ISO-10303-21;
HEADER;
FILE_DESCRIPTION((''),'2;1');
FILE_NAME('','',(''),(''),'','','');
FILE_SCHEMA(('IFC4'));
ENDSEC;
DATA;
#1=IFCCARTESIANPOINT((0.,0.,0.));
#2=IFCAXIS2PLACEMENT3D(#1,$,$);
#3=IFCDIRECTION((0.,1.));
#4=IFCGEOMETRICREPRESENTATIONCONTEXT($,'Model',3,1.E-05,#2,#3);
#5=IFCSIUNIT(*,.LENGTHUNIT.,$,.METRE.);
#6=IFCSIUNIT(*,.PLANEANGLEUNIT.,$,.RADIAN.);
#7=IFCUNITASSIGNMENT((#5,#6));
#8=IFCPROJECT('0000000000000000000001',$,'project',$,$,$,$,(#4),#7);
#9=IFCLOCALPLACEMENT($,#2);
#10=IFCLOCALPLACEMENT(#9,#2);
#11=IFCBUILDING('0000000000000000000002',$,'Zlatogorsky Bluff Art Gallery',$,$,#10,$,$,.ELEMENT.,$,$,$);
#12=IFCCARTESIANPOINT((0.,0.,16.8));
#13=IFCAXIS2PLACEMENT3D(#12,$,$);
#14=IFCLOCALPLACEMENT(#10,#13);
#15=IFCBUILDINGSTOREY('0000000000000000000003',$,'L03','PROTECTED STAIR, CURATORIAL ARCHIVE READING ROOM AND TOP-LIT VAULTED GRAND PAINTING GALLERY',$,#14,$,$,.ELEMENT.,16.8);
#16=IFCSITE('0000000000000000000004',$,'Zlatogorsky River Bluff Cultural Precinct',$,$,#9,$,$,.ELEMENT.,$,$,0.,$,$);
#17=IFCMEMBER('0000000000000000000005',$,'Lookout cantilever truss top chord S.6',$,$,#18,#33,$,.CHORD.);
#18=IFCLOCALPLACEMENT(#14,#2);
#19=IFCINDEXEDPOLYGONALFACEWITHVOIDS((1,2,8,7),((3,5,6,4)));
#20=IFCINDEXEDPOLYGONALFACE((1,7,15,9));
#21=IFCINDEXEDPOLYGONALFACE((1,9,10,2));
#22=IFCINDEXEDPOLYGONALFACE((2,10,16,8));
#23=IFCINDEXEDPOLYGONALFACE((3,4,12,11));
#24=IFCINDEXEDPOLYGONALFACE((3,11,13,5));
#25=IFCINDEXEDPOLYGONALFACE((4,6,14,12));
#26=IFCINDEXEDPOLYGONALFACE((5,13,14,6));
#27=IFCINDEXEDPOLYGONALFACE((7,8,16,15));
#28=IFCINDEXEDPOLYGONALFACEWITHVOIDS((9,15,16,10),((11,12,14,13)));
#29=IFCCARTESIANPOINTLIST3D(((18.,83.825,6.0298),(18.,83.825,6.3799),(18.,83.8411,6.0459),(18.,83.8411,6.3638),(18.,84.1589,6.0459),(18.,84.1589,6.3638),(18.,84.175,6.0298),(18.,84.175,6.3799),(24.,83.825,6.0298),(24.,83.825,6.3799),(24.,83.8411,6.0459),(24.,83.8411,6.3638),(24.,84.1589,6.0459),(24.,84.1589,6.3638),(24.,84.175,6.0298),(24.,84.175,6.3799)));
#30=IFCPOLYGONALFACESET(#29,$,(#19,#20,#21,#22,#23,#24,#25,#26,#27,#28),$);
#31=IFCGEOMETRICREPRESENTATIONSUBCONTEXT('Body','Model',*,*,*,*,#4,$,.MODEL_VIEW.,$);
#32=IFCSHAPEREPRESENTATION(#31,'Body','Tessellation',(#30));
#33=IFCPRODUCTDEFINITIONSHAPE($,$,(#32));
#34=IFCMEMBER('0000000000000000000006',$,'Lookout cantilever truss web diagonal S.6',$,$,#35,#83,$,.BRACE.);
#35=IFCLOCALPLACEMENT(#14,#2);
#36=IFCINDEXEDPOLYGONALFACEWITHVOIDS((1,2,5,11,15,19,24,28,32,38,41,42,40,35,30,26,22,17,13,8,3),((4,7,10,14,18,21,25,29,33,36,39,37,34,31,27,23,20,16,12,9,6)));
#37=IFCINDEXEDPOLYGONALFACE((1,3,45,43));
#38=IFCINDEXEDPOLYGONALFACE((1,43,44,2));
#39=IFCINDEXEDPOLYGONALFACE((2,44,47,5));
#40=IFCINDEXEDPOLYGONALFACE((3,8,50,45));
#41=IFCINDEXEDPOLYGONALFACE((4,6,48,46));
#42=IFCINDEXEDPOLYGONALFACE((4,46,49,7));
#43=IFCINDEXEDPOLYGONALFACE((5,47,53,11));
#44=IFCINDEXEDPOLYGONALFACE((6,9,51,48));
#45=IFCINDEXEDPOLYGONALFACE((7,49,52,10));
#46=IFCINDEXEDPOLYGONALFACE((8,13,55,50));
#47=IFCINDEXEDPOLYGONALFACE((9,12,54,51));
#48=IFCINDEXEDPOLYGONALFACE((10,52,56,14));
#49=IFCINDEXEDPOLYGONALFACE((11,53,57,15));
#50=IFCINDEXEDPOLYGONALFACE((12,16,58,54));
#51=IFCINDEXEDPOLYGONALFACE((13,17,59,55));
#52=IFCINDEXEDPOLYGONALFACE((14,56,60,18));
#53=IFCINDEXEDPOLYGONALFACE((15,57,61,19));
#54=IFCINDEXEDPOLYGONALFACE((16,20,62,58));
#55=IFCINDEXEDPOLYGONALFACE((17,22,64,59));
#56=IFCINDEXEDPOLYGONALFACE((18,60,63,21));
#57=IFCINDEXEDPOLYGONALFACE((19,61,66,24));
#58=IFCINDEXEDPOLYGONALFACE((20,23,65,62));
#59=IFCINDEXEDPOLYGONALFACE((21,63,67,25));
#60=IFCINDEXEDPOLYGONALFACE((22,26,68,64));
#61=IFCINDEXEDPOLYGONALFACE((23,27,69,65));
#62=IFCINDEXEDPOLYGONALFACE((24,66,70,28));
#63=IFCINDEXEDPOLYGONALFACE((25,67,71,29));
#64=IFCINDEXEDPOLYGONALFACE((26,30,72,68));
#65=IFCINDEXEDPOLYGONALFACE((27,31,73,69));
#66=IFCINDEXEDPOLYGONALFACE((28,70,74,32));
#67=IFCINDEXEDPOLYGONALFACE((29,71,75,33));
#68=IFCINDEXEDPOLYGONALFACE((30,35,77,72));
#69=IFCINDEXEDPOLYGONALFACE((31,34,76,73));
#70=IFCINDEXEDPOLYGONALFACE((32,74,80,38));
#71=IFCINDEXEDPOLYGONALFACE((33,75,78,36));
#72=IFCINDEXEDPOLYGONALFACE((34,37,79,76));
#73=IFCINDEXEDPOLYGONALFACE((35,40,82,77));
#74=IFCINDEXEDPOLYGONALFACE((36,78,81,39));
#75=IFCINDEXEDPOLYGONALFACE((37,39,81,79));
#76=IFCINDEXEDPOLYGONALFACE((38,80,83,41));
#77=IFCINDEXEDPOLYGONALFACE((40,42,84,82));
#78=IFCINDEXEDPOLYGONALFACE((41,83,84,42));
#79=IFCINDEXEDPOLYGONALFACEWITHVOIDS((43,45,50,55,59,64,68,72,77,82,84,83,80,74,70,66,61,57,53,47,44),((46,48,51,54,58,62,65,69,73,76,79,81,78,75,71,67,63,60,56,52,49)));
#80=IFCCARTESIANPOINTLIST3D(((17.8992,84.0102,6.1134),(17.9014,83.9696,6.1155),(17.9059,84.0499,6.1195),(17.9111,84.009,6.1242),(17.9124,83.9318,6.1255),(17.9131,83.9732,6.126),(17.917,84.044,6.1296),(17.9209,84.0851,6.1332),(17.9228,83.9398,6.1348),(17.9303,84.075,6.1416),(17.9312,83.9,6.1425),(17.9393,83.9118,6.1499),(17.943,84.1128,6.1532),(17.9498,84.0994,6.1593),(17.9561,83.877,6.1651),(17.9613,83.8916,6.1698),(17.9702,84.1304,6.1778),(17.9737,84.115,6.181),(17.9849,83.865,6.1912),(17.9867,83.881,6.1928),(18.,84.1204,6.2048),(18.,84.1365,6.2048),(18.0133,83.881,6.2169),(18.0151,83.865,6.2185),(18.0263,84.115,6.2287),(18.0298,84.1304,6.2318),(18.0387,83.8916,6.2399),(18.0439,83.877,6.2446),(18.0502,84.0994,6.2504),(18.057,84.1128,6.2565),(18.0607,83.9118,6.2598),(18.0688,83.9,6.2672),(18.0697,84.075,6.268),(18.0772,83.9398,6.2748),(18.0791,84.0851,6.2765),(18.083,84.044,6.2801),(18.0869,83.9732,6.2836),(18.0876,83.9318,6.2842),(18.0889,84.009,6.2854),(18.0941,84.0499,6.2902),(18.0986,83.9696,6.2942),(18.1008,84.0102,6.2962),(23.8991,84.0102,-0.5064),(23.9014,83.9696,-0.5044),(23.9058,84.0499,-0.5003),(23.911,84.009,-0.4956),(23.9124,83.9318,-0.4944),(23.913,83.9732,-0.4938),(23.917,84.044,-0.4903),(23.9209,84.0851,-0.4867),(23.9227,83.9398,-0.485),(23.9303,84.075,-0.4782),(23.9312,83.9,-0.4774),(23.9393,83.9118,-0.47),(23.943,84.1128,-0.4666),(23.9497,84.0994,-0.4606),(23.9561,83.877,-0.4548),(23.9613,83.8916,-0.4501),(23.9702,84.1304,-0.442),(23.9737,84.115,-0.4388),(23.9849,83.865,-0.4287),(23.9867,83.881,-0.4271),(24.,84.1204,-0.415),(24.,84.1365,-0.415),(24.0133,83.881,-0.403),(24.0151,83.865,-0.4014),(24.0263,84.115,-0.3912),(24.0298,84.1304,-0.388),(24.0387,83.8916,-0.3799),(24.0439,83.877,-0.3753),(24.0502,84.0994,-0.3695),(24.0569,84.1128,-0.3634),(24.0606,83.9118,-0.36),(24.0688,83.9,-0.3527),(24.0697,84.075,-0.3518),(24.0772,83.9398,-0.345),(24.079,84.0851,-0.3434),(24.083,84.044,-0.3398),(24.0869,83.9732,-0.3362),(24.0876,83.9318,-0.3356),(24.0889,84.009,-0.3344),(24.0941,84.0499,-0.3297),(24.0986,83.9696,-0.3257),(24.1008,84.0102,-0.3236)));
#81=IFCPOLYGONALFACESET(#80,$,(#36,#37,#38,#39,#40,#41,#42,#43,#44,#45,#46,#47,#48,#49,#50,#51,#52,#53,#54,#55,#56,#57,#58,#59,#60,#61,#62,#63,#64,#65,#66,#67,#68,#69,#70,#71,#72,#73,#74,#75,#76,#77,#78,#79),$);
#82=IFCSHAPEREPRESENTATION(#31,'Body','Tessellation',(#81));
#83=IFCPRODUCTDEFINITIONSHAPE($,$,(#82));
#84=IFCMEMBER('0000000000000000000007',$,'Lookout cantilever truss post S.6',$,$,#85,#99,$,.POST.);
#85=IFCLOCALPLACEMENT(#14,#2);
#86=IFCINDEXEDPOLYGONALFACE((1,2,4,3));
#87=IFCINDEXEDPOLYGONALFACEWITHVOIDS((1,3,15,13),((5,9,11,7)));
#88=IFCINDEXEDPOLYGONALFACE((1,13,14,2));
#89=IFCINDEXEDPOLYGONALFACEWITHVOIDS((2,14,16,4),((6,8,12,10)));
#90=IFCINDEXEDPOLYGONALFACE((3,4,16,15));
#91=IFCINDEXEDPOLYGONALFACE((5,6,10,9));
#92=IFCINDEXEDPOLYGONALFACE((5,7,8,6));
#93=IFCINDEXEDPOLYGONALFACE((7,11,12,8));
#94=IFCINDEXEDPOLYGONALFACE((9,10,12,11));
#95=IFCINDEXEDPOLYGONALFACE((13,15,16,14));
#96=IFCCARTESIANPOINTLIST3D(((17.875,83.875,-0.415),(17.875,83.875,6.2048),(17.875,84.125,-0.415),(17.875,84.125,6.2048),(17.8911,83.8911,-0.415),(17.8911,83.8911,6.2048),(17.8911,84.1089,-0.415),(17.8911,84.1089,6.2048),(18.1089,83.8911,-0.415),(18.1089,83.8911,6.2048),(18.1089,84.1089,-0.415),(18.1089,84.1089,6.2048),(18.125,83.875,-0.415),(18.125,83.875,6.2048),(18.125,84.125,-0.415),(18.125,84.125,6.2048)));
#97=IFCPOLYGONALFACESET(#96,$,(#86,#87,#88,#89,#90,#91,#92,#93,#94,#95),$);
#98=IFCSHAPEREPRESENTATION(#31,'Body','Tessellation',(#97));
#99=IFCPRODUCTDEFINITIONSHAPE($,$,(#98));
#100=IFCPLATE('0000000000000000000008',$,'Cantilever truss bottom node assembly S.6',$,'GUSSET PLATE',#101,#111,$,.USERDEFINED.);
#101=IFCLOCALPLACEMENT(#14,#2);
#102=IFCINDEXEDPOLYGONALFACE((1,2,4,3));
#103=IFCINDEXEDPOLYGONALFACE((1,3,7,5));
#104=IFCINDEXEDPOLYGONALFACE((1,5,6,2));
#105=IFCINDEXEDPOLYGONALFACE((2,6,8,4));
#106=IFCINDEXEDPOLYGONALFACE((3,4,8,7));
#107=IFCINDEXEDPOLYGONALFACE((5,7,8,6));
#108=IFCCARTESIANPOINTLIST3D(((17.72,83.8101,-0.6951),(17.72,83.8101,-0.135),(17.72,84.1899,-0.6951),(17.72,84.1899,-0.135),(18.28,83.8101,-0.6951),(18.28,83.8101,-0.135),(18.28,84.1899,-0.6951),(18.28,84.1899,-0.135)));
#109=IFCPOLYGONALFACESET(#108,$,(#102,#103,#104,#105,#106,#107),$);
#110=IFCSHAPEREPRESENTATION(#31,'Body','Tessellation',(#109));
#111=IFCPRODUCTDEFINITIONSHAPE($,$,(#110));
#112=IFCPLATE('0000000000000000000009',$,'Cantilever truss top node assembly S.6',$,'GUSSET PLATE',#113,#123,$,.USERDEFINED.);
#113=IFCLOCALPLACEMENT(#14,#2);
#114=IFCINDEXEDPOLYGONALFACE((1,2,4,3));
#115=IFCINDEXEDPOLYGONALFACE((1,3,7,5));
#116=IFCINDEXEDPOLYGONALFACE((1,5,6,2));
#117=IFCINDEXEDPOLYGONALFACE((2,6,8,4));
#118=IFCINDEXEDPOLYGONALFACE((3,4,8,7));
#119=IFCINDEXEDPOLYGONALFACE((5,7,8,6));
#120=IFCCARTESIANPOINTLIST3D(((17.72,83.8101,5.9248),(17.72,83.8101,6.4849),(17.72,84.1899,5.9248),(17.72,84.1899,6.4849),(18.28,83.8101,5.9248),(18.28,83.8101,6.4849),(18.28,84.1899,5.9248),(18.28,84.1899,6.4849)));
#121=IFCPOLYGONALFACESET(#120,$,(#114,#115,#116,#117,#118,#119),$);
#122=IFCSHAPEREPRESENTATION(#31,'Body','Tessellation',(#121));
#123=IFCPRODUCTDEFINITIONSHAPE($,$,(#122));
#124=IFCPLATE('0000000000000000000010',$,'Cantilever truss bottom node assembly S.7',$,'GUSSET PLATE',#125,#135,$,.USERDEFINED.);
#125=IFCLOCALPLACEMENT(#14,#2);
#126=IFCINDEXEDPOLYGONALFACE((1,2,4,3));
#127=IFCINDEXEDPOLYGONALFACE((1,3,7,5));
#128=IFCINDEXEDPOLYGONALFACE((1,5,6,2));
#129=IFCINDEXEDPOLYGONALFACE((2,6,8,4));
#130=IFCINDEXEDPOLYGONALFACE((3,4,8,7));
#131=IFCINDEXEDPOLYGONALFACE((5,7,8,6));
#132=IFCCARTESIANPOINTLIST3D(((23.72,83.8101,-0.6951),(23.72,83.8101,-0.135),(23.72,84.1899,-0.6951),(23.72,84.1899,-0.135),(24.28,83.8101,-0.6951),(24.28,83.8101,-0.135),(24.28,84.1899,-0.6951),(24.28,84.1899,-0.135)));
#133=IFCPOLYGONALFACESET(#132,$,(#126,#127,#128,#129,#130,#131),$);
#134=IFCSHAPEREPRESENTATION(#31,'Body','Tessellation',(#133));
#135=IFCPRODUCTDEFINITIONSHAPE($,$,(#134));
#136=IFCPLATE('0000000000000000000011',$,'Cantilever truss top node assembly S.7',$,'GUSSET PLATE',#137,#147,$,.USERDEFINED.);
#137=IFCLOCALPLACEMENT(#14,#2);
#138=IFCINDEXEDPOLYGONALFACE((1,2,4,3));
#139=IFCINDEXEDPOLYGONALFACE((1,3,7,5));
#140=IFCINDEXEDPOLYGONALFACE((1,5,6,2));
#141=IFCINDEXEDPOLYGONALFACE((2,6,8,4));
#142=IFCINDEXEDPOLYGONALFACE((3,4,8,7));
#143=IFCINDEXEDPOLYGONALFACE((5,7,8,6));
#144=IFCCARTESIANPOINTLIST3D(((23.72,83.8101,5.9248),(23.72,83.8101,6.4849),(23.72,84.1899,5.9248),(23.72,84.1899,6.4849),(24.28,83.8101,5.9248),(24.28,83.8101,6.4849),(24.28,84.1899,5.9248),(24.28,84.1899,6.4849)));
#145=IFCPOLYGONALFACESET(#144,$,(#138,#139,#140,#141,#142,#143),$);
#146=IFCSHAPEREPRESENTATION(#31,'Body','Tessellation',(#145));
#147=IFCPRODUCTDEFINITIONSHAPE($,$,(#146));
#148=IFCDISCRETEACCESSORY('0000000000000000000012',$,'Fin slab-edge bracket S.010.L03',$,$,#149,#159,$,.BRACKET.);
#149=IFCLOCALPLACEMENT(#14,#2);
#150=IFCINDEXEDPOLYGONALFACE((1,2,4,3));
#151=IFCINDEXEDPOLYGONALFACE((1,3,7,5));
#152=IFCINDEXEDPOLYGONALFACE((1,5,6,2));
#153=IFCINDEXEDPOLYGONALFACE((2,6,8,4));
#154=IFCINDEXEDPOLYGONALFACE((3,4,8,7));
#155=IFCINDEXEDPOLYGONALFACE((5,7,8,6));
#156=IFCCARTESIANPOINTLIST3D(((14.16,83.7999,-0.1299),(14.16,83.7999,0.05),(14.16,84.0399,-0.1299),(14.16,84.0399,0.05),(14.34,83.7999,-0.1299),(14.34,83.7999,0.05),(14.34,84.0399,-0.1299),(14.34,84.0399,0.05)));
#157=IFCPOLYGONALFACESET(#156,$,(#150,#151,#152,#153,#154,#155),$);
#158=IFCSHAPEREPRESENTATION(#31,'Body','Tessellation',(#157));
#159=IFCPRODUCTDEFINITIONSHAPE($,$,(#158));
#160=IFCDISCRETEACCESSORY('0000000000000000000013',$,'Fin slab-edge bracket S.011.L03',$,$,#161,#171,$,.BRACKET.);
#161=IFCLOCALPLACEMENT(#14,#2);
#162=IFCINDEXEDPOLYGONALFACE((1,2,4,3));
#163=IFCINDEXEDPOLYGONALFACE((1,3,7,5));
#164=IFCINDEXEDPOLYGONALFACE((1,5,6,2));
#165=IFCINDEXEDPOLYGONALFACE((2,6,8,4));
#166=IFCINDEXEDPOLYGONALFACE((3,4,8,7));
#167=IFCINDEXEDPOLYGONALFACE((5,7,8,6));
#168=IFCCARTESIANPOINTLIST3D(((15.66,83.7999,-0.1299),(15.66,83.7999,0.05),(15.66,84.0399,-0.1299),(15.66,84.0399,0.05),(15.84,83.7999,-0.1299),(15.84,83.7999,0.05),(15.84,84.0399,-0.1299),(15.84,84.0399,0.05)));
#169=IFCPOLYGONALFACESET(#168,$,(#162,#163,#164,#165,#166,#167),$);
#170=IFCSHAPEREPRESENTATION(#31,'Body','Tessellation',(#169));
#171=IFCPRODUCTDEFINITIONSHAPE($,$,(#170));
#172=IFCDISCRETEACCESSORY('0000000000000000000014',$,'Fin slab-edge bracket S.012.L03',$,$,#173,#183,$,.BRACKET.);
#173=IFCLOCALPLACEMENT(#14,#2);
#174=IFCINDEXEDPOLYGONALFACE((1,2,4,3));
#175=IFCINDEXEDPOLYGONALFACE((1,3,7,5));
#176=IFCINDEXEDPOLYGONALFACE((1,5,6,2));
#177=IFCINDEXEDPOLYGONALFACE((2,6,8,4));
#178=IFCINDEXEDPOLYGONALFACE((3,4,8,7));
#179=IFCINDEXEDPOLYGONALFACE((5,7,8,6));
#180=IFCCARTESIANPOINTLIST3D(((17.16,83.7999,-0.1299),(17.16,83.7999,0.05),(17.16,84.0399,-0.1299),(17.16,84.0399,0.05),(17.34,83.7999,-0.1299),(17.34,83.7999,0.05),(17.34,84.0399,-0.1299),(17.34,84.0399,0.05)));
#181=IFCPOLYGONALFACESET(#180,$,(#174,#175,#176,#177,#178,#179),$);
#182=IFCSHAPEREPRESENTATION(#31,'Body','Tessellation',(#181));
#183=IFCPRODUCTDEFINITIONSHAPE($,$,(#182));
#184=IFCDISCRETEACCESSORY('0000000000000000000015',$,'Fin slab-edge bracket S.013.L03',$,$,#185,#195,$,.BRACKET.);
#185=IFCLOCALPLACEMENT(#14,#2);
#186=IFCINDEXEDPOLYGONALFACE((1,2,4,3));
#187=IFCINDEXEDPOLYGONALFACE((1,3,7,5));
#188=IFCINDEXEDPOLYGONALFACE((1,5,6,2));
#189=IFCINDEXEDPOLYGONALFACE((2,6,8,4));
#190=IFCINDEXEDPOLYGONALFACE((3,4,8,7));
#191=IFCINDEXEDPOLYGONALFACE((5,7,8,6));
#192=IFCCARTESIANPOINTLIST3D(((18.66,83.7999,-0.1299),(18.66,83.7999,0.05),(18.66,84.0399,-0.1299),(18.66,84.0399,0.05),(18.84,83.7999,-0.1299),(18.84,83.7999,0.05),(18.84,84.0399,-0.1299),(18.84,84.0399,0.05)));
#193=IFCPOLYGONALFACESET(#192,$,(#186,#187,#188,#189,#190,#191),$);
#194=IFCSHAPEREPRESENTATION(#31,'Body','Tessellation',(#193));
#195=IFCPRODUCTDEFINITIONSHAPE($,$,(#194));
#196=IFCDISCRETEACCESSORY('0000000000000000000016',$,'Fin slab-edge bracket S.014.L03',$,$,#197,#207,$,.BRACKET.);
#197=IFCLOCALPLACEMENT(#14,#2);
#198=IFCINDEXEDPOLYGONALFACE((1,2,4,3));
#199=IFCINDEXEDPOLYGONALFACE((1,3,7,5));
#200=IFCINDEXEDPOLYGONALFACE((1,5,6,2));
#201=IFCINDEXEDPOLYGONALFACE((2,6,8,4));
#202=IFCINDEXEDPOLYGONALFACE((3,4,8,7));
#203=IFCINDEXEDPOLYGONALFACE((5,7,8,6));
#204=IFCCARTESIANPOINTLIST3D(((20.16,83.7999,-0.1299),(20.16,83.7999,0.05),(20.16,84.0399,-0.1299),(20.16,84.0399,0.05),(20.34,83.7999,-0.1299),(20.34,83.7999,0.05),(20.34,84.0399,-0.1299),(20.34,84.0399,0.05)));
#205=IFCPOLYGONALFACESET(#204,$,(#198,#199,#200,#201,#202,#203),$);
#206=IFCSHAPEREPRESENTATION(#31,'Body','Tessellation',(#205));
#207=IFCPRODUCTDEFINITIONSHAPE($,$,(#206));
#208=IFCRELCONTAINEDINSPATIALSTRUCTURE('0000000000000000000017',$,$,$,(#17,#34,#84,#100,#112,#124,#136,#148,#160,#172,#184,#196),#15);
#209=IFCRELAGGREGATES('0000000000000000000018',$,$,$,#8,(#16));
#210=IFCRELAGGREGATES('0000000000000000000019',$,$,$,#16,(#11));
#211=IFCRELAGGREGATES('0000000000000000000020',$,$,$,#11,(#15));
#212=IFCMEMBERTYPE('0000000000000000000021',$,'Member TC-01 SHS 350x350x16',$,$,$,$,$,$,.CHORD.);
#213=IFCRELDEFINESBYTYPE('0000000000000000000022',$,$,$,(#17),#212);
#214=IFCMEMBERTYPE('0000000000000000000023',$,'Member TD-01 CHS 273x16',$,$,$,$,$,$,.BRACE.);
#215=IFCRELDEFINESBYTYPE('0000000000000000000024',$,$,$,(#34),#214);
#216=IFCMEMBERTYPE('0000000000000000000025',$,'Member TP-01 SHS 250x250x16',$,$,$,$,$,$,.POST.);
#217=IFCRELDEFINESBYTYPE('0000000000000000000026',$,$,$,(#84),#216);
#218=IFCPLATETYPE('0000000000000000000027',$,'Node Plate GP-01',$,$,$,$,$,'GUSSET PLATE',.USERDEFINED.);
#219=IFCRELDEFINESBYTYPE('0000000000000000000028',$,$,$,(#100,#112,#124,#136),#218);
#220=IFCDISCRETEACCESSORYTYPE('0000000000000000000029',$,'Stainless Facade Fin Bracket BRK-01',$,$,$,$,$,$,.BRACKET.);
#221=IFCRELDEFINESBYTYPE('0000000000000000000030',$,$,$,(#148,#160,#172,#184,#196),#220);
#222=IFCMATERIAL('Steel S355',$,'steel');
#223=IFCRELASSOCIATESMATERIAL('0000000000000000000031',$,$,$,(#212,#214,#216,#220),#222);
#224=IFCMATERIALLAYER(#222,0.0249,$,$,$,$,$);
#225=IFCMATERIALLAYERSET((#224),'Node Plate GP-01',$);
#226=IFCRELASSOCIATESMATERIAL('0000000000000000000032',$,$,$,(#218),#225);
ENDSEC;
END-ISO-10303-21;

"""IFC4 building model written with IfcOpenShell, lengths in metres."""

from ifc_helpers import new_model, si_unit, direction, frame, origin, origin_2d, place, context, subcontext, project, spatial, rectangle, hollow_rectangle, hollow_circle, extrude, material, layer, layer_set, material_profile, profile_set, type_object, element, save


model = new_model("IFC4")

# Units and contexts
model_context = context("Model", 3, precision=1e-05, world=origin(), true_north=direction((0.0, 1.0)))
body_context = subcontext(model_context, "Body", "Model", "MODEL_VIEW")
ifc_project = project(units=[si_unit("LENGTHUNIT", "METRE"), si_unit("PLANEANGLEUNIT", "RADIAN")], contexts=[model_context])

# Site, building, storey
site_placement = place(None, origin())
site = spatial("IfcSite", under=ifc_project, at=site_placement, Name="Zlatogorsky River Bluff Cultural Precinct", CompositionType="ELEMENT", RefElevation=0.0)
building_placement = place(site_placement, origin())
building = spatial("IfcBuilding", under=site, at=building_placement, Name="Zlatogorsky Bluff Art Gallery", CompositionType="ELEMENT")
storey_placement = place(building_placement, frame((0.0, 0.0, 16.8)))
storey = spatial("IfcBuildingStorey", under=building, at=storey_placement, Name="L03", Description="PROTECTED STAIR, CURATORIAL ARCHIVE READING ROOM AND TOP-LIT VAULTED GRAND PAINTING GALLERY", CompositionType="ELEMENT", Elevation=16.8)

# Shared definitions
ifc_material_1 = material(Name="Steel S355", Category="steel")

# Members
ifc_material_profile_1 = material_profile(ifc_material_1, hollow_rectangle(XDim=0.3501, YDim=0.3501, WallThickness=0.0161, at=origin_2d()), Name="SHS 350x350x16")
ifc_profile_set_1 = profile_set([ifc_material_profile_1], Name="Steel S355")
member_type_1 = type_object("IfcMemberType", Name="Member TC-01 SHS 350x350x16", PredefinedType="CHORD", material=ifc_profile_set_1)
for number, where, z_axis, x_axis, name in (
    (1, (18.0, 84.0, 6.2048), (1.0, 0.0, 0.0), (0.0, 1.0, 0.0), "Lookout cantilever truss top chord S.6"),
):
    element("IfcMember", number, at=place(storey_placement, frame(where, z_axis=z_axis, x_axis=x_axis)), inside=storey, type_object=member_type_1, Name=name, PredefinedType="CHORD", context=body_context, shape_type="SweptSolid", body=[
        extrude(hollow_rectangle(XDim=0.3501, YDim=0.3501, WallThickness=0.0161, at=origin_2d()), origin(), (0.0, 0.0, 1.0), 6.0),
    ])
ifc_material_profile_2 = material_profile(ifc_material_1, hollow_circle(Radius=0.1365, WallThickness=0.0161, at=origin_2d()), Name="CHS 273x16")
ifc_profile_set_2 = profile_set([ifc_material_profile_2], Name="Steel S355")
member_type_2 = type_object("IfcMemberType", Name="Member TD-01 CHS 273x16", PredefinedType="BRACE", material=ifc_profile_set_2)
member_1_placement = place(storey_placement, frame((18.0, 84.0, 6.2048), z_axis=(0.671565, 0.0, -0.740946), x_axis=(0.0, 1.0, 0.0)))
element("IfcMember", 2, at=member_1_placement, inside=storey, type_object=member_type_2, Name="Lookout cantilever truss web diagonal S.6", PredefinedType="BRACE", context=body_context, shape_type="SweptSolid", body=[
    extrude(hollow_circle(Radius=0.1365, WallThickness=0.0161, at=origin_2d()), origin(), (0.0, 0.0, 1.0), 8.9343),
])
ifc_material_profile_3 = material_profile(ifc_material_1, hollow_rectangle(XDim=0.25, YDim=0.25, WallThickness=0.0161, at=origin_2d()), Name="SHS 250x250x16")
ifc_profile_set_3 = profile_set([ifc_material_profile_3], Name="Steel S355")
member_type_3 = type_object("IfcMemberType", Name="Member TP-01 SHS 250x250x16", PredefinedType="POST", material=ifc_profile_set_3)
member_2_placement = place(storey_placement, frame((18.0, 84.0, -0.415), z_axis=(0.0, 0.0, 1.0), x_axis=(1.0, 0.0, 0.0)))
element("IfcMember", 3, at=member_2_placement, inside=storey, type_object=member_type_3, Name="Lookout cantilever truss post S.6", PredefinedType="POST", context=body_context, shape_type="SweptSolid", body=[
    extrude(hollow_rectangle(XDim=0.25, YDim=0.25, WallThickness=0.0161, at=origin_2d()), origin(), (0.0, 0.0, 1.0), 6.6199),
])

# Plates
ifc_layer_1 = layer(ifc_material_1, 0.0249)
ifc_layer_set_1 = layer_set([ifc_layer_1], Name="Node Plate GP-01")
plate_type = type_object("IfcPlateType", Name="Node Plate GP-01", ElementType="GUSSET PLATE", PredefinedType="USERDEFINED", material=ifc_layer_set_1)
for number, where, z_axis, x_axis, name in (
    (4, (18.0, 84.0, -0.6951), (0.0, 0.0, 1.0), (1.0, 0.0, 0.0), "Cantilever truss bottom node assembly S.6"),
    (5, (18.0, 84.0, 5.9248), (0.0, 0.0, 1.0), (1.0, 0.0, 0.0), "Cantilever truss top node assembly S.6"),
    (6, (24.0, 84.0, -0.6951), (0.0, 0.0, 1.0), (1.0, 0.0, 0.0), "Cantilever truss bottom node assembly S.7"),
    (7, (24.0, 84.0, 5.9248), (0.0, 0.0, 1.0), (1.0, 0.0, 0.0), "Cantilever truss top node assembly S.7"),
):
    element("IfcPlate", number, at=place(storey_placement, frame(where, z_axis=z_axis, x_axis=x_axis)), inside=storey, type_object=plate_type, Name=name, ObjectType="GUSSET PLATE", PredefinedType="USERDEFINED", context=body_context, shape_type="SweptSolid", body=[
        extrude(rectangle(XDim=0.5601, YDim=0.3799, at=origin_2d()), origin(), (0.0, 0.0, 1.0), 0.5601),
    ])

# Discrete accessories
discrete_accessory_type = type_object("IfcDiscreteAccessoryType", Name="Stainless Facade Fin Bracket BRK-01", PredefinedType="BRACKET", material=ifc_material_1)
for number, where, z_axis, x_axis, name in (
    (8, (14.25, 83.9199, -0.1299), (0.0, 0.0, 1.0), (1.0, 0.0, 0.0), "Fin slab-edge bracket S.010.L03"),
    (9, (15.75, 83.9199, -0.1299), (0.0, 0.0, 1.0), (1.0, 0.0, 0.0), "Fin slab-edge bracket S.011.L03"),
    (10, (17.25, 83.9199, -0.1299), (0.0, 0.0, 1.0), (1.0, 0.0, 0.0), "Fin slab-edge bracket S.012.L03"),
    (11, (18.75, 83.9199, -0.1299), (0.0, 0.0, 1.0), (1.0, 0.0, 0.0), "Fin slab-edge bracket S.013.L03"),
    (12, (20.25, 83.9199, -0.1299), (0.0, 0.0, 1.0), (1.0, 0.0, 0.0), "Fin slab-edge bracket S.014.L03"),
):
    element("IfcDiscreteAccessory", number, at=place(storey_placement, frame(where, z_axis=z_axis, x_axis=x_axis)), inside=storey, type_object=discrete_accessory_type, Name=name, PredefinedType="BRACKET", context=body_context, shape_type="SweptSolid", body=[
        extrude(rectangle(XDim=0.1799, YDim=0.24, at=origin_2d()), origin(), (0.0, 0.0, 1.0), 0.1799),
    ])

save(model, "model.ifc")
